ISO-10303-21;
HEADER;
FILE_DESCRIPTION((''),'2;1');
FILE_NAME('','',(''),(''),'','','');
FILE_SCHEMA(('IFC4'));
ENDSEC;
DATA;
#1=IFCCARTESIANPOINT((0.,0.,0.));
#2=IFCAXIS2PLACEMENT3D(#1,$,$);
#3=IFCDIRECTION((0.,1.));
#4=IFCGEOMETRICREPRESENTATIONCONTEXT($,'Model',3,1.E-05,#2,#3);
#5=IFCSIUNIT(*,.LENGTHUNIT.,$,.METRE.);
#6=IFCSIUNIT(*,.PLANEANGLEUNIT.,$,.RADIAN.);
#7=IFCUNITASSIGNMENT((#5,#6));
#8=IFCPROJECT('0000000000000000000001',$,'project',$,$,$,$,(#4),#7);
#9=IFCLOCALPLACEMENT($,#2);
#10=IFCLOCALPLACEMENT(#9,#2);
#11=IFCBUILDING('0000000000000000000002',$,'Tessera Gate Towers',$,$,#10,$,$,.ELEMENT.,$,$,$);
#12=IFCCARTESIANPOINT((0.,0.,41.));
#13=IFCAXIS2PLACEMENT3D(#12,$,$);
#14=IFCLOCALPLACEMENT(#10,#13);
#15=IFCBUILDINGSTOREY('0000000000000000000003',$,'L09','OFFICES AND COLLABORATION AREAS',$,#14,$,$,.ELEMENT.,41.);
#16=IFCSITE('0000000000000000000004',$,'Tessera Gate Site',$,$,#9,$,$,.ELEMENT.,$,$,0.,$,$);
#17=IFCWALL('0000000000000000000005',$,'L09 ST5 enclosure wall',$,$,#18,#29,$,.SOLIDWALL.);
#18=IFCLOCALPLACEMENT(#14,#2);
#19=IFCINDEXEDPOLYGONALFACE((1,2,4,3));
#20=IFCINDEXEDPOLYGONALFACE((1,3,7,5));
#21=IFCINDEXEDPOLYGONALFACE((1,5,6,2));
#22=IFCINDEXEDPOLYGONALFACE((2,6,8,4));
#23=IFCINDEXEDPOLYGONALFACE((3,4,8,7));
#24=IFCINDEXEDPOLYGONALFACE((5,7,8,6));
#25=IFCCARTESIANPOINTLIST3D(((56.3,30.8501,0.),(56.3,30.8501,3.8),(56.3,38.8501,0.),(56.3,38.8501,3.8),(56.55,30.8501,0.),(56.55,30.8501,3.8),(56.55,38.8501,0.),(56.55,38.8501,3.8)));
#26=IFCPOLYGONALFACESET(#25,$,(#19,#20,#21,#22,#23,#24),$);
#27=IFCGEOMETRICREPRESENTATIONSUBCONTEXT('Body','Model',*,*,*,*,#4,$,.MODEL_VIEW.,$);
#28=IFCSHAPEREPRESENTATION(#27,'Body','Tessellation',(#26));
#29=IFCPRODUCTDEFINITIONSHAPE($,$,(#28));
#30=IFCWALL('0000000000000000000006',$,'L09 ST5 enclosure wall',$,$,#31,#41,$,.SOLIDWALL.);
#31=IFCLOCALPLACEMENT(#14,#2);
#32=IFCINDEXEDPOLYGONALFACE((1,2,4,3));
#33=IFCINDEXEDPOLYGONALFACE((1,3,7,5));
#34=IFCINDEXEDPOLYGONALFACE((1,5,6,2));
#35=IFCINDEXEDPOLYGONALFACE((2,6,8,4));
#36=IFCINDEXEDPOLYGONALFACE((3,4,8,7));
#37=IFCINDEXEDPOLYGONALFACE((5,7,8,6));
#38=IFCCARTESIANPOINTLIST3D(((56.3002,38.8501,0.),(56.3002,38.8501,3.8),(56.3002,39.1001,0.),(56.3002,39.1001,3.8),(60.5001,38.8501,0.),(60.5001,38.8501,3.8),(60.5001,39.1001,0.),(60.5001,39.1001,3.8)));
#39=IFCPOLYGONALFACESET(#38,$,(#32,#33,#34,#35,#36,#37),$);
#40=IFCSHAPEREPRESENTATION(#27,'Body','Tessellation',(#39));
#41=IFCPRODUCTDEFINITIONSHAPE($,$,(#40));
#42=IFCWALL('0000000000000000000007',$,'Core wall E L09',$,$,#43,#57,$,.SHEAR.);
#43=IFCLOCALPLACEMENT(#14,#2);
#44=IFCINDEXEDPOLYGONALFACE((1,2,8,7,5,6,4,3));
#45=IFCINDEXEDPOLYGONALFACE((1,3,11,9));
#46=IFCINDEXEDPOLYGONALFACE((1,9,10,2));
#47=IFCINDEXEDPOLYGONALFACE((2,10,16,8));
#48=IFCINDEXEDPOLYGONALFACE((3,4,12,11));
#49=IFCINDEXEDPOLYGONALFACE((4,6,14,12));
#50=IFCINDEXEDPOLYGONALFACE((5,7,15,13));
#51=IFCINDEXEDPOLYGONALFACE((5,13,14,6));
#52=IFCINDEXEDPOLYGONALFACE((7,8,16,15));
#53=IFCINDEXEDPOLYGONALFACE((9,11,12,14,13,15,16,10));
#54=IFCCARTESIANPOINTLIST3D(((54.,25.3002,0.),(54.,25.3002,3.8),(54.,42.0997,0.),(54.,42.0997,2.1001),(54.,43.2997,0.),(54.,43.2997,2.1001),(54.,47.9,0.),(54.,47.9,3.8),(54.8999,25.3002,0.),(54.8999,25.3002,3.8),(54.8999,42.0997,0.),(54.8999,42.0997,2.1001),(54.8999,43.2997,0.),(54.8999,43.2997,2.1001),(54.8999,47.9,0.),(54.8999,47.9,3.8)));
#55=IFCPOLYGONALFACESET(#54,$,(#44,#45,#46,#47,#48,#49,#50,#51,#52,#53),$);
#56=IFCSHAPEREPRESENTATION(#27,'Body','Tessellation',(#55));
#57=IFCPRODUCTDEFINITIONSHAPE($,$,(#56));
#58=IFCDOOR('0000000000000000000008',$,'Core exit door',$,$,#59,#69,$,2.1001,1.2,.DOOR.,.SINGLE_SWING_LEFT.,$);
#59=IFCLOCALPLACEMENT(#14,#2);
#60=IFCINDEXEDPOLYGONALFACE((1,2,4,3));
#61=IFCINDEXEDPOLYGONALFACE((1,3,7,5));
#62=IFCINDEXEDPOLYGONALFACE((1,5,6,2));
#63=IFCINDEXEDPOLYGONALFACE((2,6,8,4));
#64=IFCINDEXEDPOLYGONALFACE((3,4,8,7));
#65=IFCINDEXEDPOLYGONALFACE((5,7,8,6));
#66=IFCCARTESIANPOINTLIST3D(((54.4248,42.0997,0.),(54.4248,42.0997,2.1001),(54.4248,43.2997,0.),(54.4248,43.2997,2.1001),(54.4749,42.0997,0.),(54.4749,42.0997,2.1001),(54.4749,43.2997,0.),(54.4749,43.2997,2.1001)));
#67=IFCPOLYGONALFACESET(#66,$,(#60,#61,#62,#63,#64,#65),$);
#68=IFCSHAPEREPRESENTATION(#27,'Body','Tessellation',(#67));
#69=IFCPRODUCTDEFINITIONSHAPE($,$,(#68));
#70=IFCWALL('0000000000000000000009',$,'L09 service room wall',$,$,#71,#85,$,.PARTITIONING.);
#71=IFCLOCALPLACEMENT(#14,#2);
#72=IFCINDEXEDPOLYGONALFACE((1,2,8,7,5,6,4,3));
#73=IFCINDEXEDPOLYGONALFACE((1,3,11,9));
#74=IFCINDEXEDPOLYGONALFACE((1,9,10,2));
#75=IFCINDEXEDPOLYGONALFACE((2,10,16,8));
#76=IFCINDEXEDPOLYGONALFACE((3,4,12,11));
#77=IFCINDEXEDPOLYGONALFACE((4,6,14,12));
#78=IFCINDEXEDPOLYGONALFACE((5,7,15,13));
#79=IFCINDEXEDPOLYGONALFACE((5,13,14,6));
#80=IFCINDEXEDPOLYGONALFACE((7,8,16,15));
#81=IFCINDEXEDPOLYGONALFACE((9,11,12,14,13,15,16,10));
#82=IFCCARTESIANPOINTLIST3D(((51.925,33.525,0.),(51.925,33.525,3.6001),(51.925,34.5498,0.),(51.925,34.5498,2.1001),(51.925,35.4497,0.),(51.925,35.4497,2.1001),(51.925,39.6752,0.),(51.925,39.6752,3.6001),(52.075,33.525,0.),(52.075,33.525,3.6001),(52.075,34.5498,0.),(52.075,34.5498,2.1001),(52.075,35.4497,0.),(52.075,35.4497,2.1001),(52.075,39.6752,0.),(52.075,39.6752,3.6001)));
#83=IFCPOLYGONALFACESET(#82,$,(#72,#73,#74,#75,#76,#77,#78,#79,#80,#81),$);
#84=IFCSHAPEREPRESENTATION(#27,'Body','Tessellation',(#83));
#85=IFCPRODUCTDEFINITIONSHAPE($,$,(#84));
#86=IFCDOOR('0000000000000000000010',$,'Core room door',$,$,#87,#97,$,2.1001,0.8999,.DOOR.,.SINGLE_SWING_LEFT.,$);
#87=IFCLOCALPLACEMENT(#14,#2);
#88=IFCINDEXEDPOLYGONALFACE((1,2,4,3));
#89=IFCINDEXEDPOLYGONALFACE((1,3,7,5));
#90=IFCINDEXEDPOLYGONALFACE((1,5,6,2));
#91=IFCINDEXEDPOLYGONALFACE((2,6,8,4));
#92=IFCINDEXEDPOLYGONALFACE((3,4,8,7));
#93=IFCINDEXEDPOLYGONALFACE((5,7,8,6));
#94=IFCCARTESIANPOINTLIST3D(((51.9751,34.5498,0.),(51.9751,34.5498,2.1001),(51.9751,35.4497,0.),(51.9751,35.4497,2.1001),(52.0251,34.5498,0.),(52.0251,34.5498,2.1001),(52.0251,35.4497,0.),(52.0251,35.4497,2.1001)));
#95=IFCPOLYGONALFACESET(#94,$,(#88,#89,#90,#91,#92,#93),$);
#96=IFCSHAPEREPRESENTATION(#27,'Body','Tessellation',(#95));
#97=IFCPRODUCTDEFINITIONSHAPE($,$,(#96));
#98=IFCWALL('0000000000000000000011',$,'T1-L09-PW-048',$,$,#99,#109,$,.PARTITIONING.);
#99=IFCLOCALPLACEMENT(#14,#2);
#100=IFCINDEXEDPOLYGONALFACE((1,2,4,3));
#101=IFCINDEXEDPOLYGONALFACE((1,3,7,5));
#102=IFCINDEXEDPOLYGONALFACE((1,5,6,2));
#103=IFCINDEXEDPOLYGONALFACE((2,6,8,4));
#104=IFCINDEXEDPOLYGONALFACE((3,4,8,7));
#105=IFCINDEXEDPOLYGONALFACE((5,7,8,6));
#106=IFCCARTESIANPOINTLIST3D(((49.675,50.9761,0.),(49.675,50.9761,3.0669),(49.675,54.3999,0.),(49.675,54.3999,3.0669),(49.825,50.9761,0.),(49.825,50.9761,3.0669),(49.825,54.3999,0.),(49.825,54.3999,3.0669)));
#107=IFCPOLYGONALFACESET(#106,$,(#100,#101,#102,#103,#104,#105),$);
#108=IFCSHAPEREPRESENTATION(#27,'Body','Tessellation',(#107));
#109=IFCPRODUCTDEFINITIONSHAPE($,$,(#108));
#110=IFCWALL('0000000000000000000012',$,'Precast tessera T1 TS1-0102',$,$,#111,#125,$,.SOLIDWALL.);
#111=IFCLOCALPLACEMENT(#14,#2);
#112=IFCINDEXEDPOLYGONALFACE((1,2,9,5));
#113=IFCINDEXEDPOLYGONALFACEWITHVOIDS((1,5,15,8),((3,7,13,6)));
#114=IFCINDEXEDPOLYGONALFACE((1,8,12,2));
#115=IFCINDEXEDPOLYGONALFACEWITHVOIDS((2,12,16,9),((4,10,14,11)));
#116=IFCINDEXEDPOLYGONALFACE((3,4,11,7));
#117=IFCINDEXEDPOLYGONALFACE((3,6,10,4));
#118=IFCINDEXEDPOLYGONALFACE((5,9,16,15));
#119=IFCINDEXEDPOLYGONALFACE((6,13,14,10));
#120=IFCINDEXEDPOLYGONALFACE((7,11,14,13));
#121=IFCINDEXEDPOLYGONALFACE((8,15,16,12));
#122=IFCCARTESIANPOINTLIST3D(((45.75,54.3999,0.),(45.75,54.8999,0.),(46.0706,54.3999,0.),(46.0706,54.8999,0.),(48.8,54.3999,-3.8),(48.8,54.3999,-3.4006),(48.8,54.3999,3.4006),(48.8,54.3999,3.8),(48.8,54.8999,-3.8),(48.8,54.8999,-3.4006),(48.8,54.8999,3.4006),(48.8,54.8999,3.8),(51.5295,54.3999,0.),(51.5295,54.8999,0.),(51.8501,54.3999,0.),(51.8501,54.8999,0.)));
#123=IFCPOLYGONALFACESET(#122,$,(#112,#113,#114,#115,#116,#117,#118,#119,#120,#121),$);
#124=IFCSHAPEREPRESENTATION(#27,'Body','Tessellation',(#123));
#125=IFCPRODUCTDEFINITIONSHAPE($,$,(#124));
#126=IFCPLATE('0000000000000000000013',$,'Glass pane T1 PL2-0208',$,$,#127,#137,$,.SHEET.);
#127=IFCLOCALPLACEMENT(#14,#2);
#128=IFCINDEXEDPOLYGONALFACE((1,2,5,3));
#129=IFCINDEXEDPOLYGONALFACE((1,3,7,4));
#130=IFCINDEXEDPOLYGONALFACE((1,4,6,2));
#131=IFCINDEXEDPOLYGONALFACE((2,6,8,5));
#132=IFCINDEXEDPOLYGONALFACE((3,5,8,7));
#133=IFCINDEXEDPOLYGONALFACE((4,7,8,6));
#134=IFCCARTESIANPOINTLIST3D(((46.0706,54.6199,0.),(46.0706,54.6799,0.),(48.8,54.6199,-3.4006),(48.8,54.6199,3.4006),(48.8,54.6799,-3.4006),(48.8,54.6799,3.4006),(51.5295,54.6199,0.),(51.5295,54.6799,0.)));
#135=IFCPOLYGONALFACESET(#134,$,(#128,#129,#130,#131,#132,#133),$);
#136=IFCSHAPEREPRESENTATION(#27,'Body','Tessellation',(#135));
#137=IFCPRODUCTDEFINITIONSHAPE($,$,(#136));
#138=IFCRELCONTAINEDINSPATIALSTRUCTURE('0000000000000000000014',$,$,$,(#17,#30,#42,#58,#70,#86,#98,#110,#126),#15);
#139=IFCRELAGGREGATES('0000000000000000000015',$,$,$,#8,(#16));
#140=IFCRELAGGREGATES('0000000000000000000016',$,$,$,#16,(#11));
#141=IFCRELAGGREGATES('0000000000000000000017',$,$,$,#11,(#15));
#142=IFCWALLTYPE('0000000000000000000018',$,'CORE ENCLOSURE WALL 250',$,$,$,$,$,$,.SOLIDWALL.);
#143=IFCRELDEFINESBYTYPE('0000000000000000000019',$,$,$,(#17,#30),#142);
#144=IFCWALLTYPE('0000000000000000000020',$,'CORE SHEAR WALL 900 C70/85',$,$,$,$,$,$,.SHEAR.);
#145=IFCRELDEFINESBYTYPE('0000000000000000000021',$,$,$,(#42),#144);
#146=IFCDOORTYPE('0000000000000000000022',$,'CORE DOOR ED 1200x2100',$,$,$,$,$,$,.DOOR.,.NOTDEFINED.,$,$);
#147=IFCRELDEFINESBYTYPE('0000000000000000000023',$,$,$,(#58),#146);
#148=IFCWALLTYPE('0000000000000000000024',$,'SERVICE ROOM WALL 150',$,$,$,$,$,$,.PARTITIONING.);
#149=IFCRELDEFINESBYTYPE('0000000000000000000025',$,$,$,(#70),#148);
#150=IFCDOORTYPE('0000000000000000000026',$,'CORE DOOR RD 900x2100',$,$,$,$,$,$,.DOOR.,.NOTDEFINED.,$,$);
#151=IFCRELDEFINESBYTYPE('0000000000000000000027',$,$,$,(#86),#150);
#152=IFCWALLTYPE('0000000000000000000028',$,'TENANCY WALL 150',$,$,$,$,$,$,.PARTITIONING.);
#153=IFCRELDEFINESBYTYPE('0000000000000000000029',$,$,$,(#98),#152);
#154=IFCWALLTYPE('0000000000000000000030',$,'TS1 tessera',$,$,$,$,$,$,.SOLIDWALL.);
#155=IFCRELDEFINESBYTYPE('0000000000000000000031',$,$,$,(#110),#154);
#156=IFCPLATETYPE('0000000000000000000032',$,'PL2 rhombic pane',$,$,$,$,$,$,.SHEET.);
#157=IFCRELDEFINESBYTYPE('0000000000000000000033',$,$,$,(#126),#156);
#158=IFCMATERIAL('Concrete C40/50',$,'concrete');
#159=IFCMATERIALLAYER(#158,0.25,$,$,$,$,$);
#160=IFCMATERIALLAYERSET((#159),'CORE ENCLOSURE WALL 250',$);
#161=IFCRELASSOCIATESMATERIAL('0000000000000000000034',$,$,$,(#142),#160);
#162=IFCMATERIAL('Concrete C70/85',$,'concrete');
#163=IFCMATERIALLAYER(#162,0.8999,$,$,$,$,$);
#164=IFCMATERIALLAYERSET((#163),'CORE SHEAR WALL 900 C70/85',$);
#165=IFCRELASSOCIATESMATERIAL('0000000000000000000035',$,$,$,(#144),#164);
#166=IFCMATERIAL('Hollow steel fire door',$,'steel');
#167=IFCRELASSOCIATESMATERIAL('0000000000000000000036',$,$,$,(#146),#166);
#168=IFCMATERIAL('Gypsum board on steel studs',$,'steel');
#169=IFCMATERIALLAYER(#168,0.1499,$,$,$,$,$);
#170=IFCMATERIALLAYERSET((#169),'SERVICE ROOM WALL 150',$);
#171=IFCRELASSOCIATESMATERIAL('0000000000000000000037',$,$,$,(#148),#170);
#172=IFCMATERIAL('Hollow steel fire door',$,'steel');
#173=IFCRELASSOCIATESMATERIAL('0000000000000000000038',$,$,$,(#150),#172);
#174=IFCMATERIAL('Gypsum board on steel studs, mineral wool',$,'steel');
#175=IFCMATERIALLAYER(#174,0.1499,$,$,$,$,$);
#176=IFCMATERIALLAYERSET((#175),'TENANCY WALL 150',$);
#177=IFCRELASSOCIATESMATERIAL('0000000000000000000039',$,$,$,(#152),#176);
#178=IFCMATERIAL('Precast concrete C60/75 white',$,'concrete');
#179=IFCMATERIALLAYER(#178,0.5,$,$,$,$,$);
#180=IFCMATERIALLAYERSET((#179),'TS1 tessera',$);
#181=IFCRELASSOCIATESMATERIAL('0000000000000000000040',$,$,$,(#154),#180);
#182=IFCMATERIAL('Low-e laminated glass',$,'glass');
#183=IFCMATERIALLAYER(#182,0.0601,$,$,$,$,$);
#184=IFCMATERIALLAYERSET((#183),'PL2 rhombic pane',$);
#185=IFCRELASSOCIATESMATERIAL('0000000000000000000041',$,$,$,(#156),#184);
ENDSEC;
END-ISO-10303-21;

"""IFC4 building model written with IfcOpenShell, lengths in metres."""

from ifc_helpers import new_model, si_unit, direction, frame, frame_2d, origin, place, context, subcontext, project, spatial, polyline, rectangle, outline, extrude, source, transform, mapped, material, layer, layer_set, type_object, element, fill, save


model = new_model("IFC4")

# Units and contexts
model_context = context("Model", 3, precision=1e-05, world=origin(), true_north=direction((0.0, 1.0)))
body_context = subcontext(model_context, "Body", "Model", "MODEL_VIEW")
ifc_project = project(units=[si_unit("LENGTHUNIT", "METRE"), si_unit("PLANEANGLEUNIT", "RADIAN")], contexts=[model_context])

# Site, building, storey
site_placement = place(None, origin())
site = spatial("IfcSite", under=ifc_project, at=site_placement, Name="Tessera Gate Site", CompositionType="ELEMENT", RefElevation=0.0)
building_placement = place(site_placement, origin())
building = spatial("IfcBuilding", under=site, at=building_placement, Name="Tessera Gate Towers", CompositionType="ELEMENT")
storey_placement = place(building_placement, frame((0.0, 0.0, 41.0)))
storey = spatial("IfcBuildingStorey", under=building, at=storey_placement, Name="L09", Description="OFFICES AND COLLABORATION AREAS", CompositionType="ELEMENT", Elevation=41.0)

# Shared definitions
ifc_material_1 = material(Name="Concrete C40/50", Category="concrete")
ifc_layer_1 = layer(ifc_material_1, 0.25)
ifc_layer_set_1 = layer_set([ifc_layer_1], Name="CORE ENCLOSURE WALL 250")
wall_type_1 = type_object("IfcWallType", Name="CORE ENCLOSURE WALL 250", PredefinedType="SOLIDWALL", material=ifc_layer_set_1)
shared_shape_1 = source(origin(), body_context, "Body", "SweptSolid", [
    extrude(rectangle(XDim=1.2, YDim=2.1001, at=frame_2d((0.6001, 1.05))), frame((0.0, 0.0249, 0.0), z_axis=(0.0, -1.0, 0.0), x_axis=(1.0, 0.0, 0.0)), (0.0, 0.0, 1.0), 0.05),
])

# Walls
wall_1_placement = place(storey_placement, frame((56.425, 30.8501, 0.0), z_axis=(0.0, 0.0, 1.0), x_axis=(0.0, 1.0, 0.0)))
element("IfcWall", 1, at=wall_1_placement, inside=storey, type_object=wall_type_1, Name="L09 ST5 enclosure wall", PredefinedType="SOLIDWALL", context=body_context, shape_type="SweptSolid", body=[
    extrude(rectangle(XDim=8.0, YDim=0.25, at=frame_2d((4.0, 0.0))), origin(), (0.0, 0.0, 1.0), 3.8),
])
wall_2_placement = place(storey_placement, frame((56.3, 38.9751, 0.0), z_axis=(0.0, 0.0, 1.0), x_axis=(1.0, 0.0, 0.0)))
element("IfcWall", 2, at=wall_2_placement, inside=storey, type_object=wall_type_1, Name="L09 ST5 enclosure wall", PredefinedType="SOLIDWALL", context=body_context, shape_type="SweptSolid", body=[
    extrude(rectangle(XDim=4.2, YDim=0.25, at=frame_2d((2.1001, 0.0))), origin(), (0.0, 0.0, 1.0), 3.8),
])

# Walls, openings, doors
ifc_material_2 = material(Name="Concrete C70/85", Category="concrete")
ifc_layer_2 = layer(ifc_material_2, 0.8999)
ifc_layer_set_2 = layer_set([ifc_layer_2], Name="CORE SHEAR WALL 900 C70/85")
wall_type_2 = type_object("IfcWallType", Name="CORE SHEAR WALL 900 C70/85", PredefinedType="SHEAR", material=ifc_layer_set_2)
wall_3_placement = place(storey_placement, frame((54.45, 47.8999, 0.0), z_axis=(0.0, 0.0, 1.0), x_axis=(0.0, -1.0, 0.0)))
wall_3 = element("IfcWall", 3, at=wall_3_placement, inside=storey, type_object=wall_type_2, Name="Core wall E L09", PredefinedType="SHEAR", context=body_context, shape_type="SweptSolid", body=[
    extrude(rectangle(XDim=22.5999, YDim=0.8999, at=frame_2d((11.2998, 0.0))), origin(), (0.0, 0.0, 1.0), 3.8),
])
shared_shape_2 = source(origin(), body_context, "Body", "SweptSolid", [
    extrude(rectangle(XDim=1.2, YDim=2.1001, at=frame_2d((0.6001, 1.05))), frame((0.0, 0.46, 0.0), z_axis=(0.0, -1.0, 0.0), x_axis=(1.0, 0.0, 0.0)), (0.0, 0.0, 1.0), 0.9199),
])
opening_1_placement = place(wall_3_placement, frame((4.6001, 0.0, 0.0)))
opening_1 = element("IfcOpeningElement", 4, at=opening_1_placement, cuts=wall_3, PredefinedType="OPENING", context=body_context, shape_type="MappedRepresentation", body=[
    mapped(shared_shape_2, transform((0.0, 0.0, 0.0), scale=1.0)),
])
ifc_material_3 = material(Name="Hollow steel fire door", Category="steel")
door_type_1 = type_object("IfcDoorType", Name="CORE DOOR ED 1200x2100", OperationType="NOTDEFINED", PredefinedType="DOOR", material=ifc_material_3)
door_1_placement = place(opening_1_placement, origin())
door_1 = element("IfcDoor", 5, at=door_1_placement, inside=storey, type_object=door_type_1, Name="Core exit door", OperationType="SINGLE_SWING_LEFT", OverallHeight=2.1001, OverallWidth=1.2, PredefinedType="DOOR", context=body_context, shape_type="MappedRepresentation", body=[
    mapped(shared_shape_1, transform((0.0, 0.0, 0.0), scale=1.0)),
])
fill(opening_1, door_1)
ifc_material_4 = material(Name="Gypsum board on steel studs", Category="steel")
ifc_layer_3 = layer(ifc_material_4, 0.1499)
ifc_layer_set_3 = layer_set([ifc_layer_3], Name="SERVICE ROOM WALL 150")
wall_type_3 = type_object("IfcWallType", Name="SERVICE ROOM WALL 150", PredefinedType="PARTITIONING", material=ifc_layer_set_3)
wall_4_placement = place(storey_placement, frame((52.0, 33.5249, 0.0), z_axis=(0.0, 0.0, 1.0), x_axis=(0.0, 1.0, 0.0)))
wall_4 = element("IfcWall", 6, at=wall_4_placement, inside=storey, type_object=wall_type_3, Name="L09 service room wall", PredefinedType="PARTITIONING", context=body_context, shape_type="SweptSolid", body=[
    extrude(rectangle(XDim=6.1501, YDim=0.1499, at=frame_2d((3.0752, 0.0))), origin(), (0.0, 0.0, 1.0), 3.6001),
])
shared_shape_3 = source(origin(), body_context, "Body", "SweptSolid", [
    extrude(rectangle(XDim=0.8999, YDim=2.1001, at=frame_2d((0.45, 1.05))), frame((0.0, 0.085, 0.0), z_axis=(0.0, -1.0, 0.0), x_axis=(1.0, 0.0, 0.0)), (0.0, 0.0, 1.0), 0.1699),
])
opening_2_placement = place(wall_4_placement, frame((1.0249, 0.0, 0.0)))
opening_2 = element("IfcOpeningElement", 7, at=opening_2_placement, cuts=wall_4, PredefinedType="OPENING", context=body_context, shape_type="MappedRepresentation", body=[
    mapped(shared_shape_3, transform((0.0, 0.0, 0.0), scale=1.0)),
])
ifc_material_5 = material(Name="Hollow steel fire door", Category="steel")
door_type_2 = type_object("IfcDoorType", Name="CORE DOOR RD 900x2100", OperationType="NOTDEFINED", PredefinedType="DOOR", material=ifc_material_5)
shared_shape_4 = source(origin(), body_context, "Body", "SweptSolid", [
    extrude(rectangle(XDim=0.8999, YDim=2.1001, at=frame_2d((0.45, 1.05))), frame((0.0, 0.0249, 0.0), z_axis=(0.0, -1.0, 0.0), x_axis=(1.0, 0.0, 0.0)), (0.0, 0.0, 1.0), 0.05),
])
door_2_placement = place(opening_2_placement, origin())
door_2 = element("IfcDoor", 8, at=door_2_placement, inside=storey, type_object=door_type_2, Name="Core room door", OperationType="SINGLE_SWING_LEFT", OverallHeight=2.1001, OverallWidth=0.8999, PredefinedType="DOOR", context=body_context, shape_type="MappedRepresentation", body=[
    mapped(shared_shape_4, transform((0.0, 0.0, 0.0), scale=1.0)),
])
fill(opening_2, door_2)

# Wall
ifc_material_6 = material(Name="Gypsum board on steel studs, mineral wool", Category="steel")
ifc_layer_4 = layer(ifc_material_6, 0.1499)
ifc_layer_set_4 = layer_set([ifc_layer_4], Name="TENANCY WALL 150")
wall_type_4 = type_object("IfcWallType", Name="TENANCY WALL 150", PredefinedType="PARTITIONING", material=ifc_layer_set_4)
wall_5_placement = place(storey_placement, frame((49.75, 50.9761, 0.0), z_axis=(0.0, 0.0, 1.0), x_axis=(0.0, 1.0, 0.0)))
element("IfcWall", 9, at=wall_5_placement, inside=storey, type_object=wall_type_4, Name="T1-L09-PW-048", PredefinedType="PARTITIONING", context=body_context, shape_type="SweptSolid", body=[
    extrude(rectangle(XDim=3.4238, YDim=0.1499, at=frame_2d((1.7119, 0.0))), origin(), (0.0, 0.0, 1.0), 3.0669),
])

# Wall, opening, plate
ifc_material_7 = material(Name="Precast concrete C60/75 white", Category="concrete")
ifc_layer_5 = layer(ifc_material_7, 0.5)
ifc_layer_set_5 = layer_set([ifc_layer_5], Name="TS1 tessera")
wall_type_5 = type_object("IfcWallType", Name="TS1 tessera", PredefinedType="SOLIDWALL", material=ifc_layer_set_5)
shared_shape_5 = source(origin(), body_context, "Body", "SweptSolid", [
    extrude(outline(polyline([(3.05, 0.0), (6.1001, 3.8), (3.05, 7.6001), (0.0, 3.8), (3.05, 0.0)])), frame((0.0, 0.25, 0.0), z_axis=(0.0, -1.0, 0.0), x_axis=(1.0, 0.0, 0.0)), (0.0, 0.0, 1.0), 0.5),
])
wall_6_placement = place(storey_placement, frame((51.8501, 54.6499, -3.8), z_axis=(0.0, 0.0, 1.0), x_axis=(-1.0, 0.0, 0.0)))
wall_6 = element("IfcWall", 10, at=wall_6_placement, inside=storey, type_object=wall_type_5, Name="Precast tessera T1 TS1-0102", PredefinedType="SOLIDWALL", context=body_context, shape_type="MappedRepresentation", body=[
    mapped(shared_shape_5, transform((0.0, 0.0, 0.0), scale=1.0)),
])
shared_shape_6 = source(origin(), body_context, "Body", "SweptSolid", [
    extrude(outline(polyline([(3.05, 0.3994), (5.7795, 3.8), (3.05, 7.2007), (0.3206, 3.8), (3.05, 0.3994)])), frame((0.0, 0.26, 0.0), z_axis=(0.0, -1.0, 0.0), x_axis=(1.0, 0.0, 0.0)), (0.0, 0.0, 1.0), 0.52),
])
opening_3_placement = place(wall_6_placement, origin())
opening_3 = element("IfcOpeningElement", 11, at=opening_3_placement, cuts=wall_6, PredefinedType="OPENING", context=body_context, shape_type="MappedRepresentation", body=[
    mapped(shared_shape_6, transform((0.0, 0.0, 0.0), scale=1.0)),
])
ifc_material_8 = material(Name="Low-e laminated glass", Category="glass")
ifc_layer_6 = layer(ifc_material_8, 0.0601)
ifc_layer_set_6 = layer_set([ifc_layer_6], Name="PL2 rhombic pane")
plate_type = type_object("IfcPlateType", Name="PL2 rhombic pane", PredefinedType="SHEET", material=ifc_layer_set_6)
shared_shape_7 = source(origin(), body_context, "Body", "SweptSolid", [
    extrude(outline(polyline([(3.05, 0.3994), (5.7795, 3.8), (3.05, 7.2007), (0.3206, 3.8), (3.05, 0.3994)])), frame((0.0, 0.03, 0.0), z_axis=(0.0, -1.0, 0.0), x_axis=(1.0, 0.0, 0.0)), (0.0, 0.0, 1.0), 0.0601),
])
plate_placement = place(opening_3_placement, origin())
plate = element("IfcPlate", 12, at=plate_placement, inside=storey, type_object=plate_type, Name="Glass pane T1 PL2-0208", PredefinedType="SHEET", context=body_context, shape_type="MappedRepresentation", body=[
    mapped(shared_shape_7, transform((0.0, 0.0, 0.0), scale=1.0)),
])
fill(opening_3, plate)

save(model, "model.ifc")
